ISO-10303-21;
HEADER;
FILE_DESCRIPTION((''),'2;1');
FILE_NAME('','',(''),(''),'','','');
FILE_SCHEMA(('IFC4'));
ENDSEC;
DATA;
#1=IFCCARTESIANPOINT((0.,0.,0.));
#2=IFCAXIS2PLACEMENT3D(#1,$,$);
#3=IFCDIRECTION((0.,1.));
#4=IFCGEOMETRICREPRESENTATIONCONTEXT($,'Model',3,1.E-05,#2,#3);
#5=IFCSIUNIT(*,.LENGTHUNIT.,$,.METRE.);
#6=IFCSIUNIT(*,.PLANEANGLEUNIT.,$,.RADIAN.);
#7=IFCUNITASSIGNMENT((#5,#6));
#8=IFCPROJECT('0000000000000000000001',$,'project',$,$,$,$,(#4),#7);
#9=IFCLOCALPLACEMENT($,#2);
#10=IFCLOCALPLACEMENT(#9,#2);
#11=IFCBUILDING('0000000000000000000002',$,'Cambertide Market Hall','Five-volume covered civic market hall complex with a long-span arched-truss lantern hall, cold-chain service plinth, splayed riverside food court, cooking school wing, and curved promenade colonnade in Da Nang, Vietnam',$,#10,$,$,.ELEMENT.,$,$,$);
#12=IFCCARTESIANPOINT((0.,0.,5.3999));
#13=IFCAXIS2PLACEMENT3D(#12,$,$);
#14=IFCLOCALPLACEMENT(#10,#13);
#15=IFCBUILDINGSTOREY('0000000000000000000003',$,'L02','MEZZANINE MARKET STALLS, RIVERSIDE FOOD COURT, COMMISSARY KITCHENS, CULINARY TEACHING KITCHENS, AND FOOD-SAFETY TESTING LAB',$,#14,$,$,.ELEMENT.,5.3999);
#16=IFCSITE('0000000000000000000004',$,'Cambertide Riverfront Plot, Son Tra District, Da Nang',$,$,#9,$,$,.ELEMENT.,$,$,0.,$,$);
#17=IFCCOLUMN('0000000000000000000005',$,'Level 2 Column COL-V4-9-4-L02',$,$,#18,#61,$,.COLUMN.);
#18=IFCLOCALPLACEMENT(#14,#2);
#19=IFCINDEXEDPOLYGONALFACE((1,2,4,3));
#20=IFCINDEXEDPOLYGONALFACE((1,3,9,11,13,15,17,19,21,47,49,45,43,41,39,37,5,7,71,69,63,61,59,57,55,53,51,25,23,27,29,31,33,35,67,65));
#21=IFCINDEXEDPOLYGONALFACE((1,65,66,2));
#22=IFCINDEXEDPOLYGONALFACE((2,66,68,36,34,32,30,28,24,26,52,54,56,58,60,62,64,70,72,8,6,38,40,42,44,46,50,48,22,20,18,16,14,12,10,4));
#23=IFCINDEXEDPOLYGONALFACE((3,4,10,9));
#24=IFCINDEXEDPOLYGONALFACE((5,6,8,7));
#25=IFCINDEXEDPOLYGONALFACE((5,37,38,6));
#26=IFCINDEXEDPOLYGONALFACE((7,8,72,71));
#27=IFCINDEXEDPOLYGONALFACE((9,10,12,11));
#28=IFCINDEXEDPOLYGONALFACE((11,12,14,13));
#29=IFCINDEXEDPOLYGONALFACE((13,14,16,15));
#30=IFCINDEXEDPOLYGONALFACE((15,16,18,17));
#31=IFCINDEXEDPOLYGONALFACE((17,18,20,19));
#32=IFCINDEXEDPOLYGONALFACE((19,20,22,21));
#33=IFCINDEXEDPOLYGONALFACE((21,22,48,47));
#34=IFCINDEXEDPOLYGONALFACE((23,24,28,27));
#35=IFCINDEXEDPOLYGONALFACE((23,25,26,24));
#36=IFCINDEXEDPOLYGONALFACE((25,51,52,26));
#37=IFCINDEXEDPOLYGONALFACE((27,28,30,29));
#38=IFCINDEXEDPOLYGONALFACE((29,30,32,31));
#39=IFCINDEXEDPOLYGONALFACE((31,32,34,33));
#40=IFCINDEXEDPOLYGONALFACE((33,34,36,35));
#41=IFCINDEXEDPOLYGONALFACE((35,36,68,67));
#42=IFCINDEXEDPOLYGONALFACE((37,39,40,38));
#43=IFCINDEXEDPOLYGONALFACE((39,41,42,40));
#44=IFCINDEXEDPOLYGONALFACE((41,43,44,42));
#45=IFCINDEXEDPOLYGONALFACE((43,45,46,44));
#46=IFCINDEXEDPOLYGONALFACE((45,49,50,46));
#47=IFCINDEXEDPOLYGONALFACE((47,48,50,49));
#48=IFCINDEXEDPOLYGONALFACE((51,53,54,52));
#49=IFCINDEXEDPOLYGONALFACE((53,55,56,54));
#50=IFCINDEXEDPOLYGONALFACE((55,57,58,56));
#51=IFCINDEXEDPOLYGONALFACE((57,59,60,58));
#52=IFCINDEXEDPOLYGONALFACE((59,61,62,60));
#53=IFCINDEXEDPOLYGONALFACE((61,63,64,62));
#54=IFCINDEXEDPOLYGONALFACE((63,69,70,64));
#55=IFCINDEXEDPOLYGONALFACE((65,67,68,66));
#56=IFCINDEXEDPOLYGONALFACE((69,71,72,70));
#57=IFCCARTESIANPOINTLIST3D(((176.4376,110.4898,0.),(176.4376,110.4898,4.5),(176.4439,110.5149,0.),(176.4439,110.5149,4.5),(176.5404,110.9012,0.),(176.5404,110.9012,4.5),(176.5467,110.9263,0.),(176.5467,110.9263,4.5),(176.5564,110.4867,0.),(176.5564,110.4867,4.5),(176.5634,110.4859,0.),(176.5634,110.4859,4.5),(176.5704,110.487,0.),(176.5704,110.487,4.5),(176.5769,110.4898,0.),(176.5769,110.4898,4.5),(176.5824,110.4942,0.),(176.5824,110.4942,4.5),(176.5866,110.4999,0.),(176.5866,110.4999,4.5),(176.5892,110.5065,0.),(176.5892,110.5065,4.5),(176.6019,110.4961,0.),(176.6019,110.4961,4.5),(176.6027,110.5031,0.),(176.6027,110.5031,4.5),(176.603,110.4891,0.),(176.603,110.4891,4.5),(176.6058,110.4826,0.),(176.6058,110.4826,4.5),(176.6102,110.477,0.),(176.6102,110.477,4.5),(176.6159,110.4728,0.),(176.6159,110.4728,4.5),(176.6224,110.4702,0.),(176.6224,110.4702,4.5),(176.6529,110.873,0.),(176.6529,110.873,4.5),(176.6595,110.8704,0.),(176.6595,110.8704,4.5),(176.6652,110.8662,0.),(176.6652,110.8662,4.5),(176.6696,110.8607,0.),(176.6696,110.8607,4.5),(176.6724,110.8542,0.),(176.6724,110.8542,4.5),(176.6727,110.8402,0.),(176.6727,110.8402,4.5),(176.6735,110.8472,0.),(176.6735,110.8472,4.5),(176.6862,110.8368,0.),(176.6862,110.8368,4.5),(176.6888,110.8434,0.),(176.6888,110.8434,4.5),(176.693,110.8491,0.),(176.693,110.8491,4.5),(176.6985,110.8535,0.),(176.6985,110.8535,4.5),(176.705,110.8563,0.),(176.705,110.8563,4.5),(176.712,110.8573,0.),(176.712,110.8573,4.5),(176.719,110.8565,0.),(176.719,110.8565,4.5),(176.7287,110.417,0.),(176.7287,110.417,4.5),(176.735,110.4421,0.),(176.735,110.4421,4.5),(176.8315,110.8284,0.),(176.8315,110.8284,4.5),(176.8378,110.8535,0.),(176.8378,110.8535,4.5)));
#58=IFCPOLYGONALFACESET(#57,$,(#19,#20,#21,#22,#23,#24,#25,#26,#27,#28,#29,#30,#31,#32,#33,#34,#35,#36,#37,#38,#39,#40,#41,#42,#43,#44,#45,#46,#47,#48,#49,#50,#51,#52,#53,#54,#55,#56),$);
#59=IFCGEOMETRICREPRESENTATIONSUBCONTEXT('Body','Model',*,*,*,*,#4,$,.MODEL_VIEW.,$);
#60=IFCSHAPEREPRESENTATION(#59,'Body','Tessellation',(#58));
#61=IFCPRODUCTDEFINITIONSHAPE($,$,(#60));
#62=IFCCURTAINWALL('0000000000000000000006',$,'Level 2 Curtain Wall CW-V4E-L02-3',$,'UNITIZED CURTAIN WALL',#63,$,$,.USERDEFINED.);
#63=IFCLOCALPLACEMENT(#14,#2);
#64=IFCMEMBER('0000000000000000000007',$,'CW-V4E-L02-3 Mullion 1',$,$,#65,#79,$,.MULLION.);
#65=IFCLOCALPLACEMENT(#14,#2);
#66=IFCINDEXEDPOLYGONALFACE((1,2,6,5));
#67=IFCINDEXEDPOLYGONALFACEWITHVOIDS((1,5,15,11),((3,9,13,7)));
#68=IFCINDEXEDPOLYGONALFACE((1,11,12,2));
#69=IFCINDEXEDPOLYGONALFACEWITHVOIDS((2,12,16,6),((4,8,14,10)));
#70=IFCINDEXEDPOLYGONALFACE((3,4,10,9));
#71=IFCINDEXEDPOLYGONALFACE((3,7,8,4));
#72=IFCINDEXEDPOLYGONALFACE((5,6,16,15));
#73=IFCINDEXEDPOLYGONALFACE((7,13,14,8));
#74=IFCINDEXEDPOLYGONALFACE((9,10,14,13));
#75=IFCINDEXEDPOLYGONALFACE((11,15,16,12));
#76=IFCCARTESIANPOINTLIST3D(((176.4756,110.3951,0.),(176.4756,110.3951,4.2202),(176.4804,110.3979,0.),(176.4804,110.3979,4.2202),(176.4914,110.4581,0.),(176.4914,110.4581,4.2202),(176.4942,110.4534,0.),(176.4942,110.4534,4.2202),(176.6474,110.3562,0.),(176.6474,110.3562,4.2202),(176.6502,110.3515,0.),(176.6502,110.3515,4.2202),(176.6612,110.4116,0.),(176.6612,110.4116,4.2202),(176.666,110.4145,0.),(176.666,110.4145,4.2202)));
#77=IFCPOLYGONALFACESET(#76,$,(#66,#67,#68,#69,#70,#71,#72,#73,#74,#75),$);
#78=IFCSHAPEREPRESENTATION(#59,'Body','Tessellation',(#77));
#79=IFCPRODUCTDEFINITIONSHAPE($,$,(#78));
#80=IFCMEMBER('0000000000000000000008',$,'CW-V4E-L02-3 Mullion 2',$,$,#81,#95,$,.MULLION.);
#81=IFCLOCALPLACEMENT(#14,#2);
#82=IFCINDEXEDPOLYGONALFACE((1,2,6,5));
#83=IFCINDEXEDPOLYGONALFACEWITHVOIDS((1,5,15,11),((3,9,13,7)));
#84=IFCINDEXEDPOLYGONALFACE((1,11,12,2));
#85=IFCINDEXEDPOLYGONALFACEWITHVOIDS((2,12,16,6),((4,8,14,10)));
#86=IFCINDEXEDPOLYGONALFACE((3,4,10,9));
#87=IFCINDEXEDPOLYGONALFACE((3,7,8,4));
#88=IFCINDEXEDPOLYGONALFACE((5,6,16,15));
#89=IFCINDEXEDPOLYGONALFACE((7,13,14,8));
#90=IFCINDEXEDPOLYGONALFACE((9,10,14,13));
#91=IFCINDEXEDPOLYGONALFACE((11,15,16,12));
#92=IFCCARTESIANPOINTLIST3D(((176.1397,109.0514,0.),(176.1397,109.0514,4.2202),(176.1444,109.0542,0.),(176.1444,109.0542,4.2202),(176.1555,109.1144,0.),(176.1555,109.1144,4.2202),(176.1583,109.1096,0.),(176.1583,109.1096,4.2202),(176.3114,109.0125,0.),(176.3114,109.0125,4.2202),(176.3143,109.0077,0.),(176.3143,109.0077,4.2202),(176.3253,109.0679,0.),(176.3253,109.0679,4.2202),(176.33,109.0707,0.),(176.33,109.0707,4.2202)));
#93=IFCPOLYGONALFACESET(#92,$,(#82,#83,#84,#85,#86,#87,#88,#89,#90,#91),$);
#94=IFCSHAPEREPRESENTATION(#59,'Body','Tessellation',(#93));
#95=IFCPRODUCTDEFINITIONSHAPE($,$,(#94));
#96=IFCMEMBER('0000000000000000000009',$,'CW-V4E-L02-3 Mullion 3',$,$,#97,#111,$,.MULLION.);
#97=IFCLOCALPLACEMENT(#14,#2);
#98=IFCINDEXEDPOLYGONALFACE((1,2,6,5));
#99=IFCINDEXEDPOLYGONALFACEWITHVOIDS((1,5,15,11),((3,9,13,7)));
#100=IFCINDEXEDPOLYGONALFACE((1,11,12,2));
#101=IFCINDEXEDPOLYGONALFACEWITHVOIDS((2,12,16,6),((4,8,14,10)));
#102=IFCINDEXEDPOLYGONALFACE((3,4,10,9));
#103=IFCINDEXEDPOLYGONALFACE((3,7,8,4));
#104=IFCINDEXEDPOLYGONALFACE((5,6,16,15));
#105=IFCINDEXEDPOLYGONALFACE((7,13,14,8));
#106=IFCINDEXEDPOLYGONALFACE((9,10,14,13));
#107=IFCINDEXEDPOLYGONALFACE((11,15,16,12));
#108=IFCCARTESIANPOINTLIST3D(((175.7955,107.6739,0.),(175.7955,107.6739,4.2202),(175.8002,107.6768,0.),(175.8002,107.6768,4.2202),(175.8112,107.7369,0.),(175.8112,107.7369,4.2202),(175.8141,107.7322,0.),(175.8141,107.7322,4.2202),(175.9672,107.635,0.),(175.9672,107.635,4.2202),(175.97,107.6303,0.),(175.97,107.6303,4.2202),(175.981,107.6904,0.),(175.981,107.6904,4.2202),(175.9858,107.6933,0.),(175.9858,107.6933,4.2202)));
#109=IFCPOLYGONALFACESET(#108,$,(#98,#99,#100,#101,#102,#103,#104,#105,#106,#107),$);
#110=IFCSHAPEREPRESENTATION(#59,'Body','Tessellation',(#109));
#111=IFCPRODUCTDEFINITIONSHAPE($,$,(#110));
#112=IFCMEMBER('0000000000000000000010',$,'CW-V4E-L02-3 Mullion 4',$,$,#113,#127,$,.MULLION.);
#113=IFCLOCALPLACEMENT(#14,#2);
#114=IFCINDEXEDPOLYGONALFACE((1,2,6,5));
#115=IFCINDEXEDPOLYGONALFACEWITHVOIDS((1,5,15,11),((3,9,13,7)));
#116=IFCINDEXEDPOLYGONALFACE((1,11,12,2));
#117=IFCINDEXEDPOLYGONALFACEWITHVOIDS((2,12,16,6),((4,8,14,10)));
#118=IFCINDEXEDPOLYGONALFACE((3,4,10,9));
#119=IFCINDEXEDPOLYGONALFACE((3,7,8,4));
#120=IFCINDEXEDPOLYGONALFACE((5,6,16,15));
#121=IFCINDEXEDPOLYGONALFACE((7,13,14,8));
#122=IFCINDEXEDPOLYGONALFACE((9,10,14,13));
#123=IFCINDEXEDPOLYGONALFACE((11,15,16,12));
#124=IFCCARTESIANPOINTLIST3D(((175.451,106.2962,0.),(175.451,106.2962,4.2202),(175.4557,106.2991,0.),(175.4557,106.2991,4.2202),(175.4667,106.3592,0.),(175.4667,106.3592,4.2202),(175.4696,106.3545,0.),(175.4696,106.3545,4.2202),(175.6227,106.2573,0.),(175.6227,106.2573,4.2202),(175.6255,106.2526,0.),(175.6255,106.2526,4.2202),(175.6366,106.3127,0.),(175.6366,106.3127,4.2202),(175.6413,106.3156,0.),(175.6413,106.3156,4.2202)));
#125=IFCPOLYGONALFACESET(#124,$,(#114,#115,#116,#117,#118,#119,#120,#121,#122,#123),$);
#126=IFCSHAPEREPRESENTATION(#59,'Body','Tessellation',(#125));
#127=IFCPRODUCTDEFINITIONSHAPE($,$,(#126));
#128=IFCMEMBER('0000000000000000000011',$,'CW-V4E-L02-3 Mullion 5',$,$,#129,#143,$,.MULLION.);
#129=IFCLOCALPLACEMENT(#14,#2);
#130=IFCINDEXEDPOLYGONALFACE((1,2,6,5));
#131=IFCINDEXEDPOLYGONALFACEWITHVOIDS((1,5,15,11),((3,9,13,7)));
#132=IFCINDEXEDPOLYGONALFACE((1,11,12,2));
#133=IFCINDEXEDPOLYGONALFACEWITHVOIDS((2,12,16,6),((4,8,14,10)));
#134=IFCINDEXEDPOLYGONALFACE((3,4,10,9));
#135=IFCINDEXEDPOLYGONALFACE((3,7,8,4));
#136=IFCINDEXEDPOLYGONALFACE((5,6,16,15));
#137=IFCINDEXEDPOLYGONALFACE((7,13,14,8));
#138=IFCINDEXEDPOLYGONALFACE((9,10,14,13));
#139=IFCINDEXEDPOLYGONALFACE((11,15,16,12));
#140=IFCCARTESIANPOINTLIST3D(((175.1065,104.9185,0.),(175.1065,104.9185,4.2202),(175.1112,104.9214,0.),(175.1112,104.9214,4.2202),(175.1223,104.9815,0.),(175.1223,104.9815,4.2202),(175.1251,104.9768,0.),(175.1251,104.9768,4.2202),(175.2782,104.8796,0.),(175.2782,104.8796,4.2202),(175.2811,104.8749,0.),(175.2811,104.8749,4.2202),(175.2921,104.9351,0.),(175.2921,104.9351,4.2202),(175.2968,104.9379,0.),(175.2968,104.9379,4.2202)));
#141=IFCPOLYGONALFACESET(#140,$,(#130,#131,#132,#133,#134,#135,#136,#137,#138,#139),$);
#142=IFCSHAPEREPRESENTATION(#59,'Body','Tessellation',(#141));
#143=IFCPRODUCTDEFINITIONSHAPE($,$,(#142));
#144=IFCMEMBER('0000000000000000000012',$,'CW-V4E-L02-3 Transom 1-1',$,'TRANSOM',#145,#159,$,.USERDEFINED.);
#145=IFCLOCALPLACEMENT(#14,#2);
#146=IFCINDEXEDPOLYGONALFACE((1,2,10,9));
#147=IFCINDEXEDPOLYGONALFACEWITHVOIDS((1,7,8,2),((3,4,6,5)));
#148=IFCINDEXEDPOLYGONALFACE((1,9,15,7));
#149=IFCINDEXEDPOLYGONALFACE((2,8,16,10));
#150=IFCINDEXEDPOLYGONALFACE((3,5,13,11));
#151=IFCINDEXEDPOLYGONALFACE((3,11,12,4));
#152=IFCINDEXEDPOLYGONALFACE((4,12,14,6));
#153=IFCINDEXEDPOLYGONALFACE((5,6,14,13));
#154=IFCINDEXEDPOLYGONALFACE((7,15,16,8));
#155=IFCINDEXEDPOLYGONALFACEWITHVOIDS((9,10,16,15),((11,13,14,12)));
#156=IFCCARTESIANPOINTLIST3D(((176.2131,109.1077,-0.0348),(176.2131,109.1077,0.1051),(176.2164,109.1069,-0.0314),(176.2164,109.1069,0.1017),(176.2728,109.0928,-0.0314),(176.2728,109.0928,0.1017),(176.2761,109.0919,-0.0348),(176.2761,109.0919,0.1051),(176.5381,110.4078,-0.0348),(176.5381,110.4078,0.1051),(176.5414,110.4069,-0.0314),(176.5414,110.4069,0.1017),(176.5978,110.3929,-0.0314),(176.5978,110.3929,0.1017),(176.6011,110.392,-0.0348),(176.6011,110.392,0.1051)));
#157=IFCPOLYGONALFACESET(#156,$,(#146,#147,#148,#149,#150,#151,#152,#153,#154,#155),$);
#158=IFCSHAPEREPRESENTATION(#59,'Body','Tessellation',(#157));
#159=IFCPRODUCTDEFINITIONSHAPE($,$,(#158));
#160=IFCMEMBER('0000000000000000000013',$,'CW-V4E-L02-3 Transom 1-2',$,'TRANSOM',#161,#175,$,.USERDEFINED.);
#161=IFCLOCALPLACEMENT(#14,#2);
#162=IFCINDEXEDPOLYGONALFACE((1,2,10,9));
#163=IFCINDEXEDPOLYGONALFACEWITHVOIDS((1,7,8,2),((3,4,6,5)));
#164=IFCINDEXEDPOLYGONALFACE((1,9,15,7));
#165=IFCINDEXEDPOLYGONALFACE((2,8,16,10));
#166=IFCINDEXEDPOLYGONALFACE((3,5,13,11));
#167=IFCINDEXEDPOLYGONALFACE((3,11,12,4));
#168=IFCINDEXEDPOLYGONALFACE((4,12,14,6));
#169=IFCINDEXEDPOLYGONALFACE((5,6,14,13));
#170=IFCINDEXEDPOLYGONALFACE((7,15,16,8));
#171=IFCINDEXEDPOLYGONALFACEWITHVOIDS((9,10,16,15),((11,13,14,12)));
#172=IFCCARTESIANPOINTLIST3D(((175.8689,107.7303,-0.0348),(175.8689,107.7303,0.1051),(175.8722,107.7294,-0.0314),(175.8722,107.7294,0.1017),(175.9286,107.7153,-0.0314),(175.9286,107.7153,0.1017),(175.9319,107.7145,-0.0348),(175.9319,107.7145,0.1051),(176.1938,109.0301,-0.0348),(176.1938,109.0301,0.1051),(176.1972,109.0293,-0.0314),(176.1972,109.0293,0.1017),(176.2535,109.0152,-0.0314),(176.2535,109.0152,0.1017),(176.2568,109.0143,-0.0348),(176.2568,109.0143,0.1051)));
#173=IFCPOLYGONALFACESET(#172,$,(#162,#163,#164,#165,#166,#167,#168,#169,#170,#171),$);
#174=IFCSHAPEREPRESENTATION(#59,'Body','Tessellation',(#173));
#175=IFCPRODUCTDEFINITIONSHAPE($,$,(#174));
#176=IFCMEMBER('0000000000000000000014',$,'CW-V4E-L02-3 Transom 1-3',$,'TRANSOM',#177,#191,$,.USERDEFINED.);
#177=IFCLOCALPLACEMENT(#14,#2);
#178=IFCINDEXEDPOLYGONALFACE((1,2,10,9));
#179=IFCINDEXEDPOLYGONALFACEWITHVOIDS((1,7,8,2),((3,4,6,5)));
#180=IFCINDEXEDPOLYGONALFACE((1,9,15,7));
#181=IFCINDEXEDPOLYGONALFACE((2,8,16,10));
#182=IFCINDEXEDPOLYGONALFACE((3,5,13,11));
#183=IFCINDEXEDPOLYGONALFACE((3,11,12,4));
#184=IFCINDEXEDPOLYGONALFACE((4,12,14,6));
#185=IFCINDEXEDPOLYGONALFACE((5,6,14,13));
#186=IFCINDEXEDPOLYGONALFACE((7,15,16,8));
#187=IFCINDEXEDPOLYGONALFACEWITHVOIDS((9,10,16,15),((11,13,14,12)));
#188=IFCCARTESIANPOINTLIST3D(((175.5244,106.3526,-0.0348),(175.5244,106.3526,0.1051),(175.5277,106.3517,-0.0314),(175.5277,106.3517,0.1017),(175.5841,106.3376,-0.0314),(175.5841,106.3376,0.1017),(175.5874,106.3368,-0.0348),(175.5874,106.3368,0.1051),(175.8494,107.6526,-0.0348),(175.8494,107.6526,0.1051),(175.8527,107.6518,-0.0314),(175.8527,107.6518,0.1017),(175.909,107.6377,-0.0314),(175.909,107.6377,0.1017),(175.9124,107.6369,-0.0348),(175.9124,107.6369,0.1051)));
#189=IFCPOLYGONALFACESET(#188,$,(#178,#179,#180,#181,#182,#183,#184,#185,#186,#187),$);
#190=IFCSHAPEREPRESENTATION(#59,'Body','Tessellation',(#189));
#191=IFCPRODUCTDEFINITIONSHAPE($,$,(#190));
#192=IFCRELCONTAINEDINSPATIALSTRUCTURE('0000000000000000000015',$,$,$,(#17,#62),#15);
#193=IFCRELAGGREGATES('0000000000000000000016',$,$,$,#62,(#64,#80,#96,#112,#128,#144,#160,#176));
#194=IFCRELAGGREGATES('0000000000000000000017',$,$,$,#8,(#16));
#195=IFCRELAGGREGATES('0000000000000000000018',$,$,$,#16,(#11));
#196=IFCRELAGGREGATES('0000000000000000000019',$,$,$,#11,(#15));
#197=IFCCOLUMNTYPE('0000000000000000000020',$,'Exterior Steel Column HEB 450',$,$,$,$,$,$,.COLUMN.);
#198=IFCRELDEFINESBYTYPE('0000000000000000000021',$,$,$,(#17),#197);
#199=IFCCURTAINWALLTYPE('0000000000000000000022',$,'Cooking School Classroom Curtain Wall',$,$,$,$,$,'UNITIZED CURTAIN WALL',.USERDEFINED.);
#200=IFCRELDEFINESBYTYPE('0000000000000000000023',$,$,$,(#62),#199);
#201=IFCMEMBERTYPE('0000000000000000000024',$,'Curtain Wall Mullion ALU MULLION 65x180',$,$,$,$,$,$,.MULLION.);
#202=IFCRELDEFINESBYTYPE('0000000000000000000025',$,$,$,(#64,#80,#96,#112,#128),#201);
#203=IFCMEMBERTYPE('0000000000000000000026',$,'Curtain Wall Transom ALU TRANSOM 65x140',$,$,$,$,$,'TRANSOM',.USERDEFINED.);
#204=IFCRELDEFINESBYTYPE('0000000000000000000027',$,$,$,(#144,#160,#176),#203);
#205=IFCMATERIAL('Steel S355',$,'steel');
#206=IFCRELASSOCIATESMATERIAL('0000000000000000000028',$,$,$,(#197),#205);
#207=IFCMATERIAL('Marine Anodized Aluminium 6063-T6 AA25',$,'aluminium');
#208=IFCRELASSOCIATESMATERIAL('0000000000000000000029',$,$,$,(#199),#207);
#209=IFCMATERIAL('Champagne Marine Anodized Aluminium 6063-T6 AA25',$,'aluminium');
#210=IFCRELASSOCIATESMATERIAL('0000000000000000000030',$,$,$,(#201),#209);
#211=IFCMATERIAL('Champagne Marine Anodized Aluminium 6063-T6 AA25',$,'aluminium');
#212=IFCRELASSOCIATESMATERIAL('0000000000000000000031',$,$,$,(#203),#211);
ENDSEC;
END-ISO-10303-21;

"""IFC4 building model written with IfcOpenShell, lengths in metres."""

from ifc_helpers import new_model, si_unit, direction, frame, origin, origin_2d, place, context, subcontext, project, spatial, hollow_rectangle, i_section, extrude, material, material_profile, profile_set, type_object, element, aggregate, save


model = new_model("IFC4")

# Units and contexts
model_context = context("Model", 3, precision=1e-05, world=origin(), true_north=direction((0.0, 1.0)))
body_context = subcontext(model_context, "Body", "Model", "MODEL_VIEW")
ifc_project = project(units=[si_unit("LENGTHUNIT", "METRE"), si_unit("PLANEANGLEUNIT", "RADIAN")], contexts=[model_context])

# Site, building, storey
site_placement = place(None, origin())
site = spatial("IfcSite", under=ifc_project, at=site_placement, Name="Cambertide Riverfront Plot, Son Tra District, Da Nang", CompositionType="ELEMENT", RefElevation=0.0)
building_placement = place(site_placement, origin())
building = spatial("IfcBuilding", under=site, at=building_placement, Name="Cambertide Market Hall", Description="Five-volume covered civic market hall complex with a long-span arched-truss lantern hall, cold-chain service plinth, splayed riverside food court, cooking school wing, and curved promenade colonnade in Da Nang, Vietnam", CompositionType="ELEMENT")
storey_placement = place(building_placement, frame((0.0, 0.0, 5.3999)))
storey = spatial("IfcBuildingStorey", under=building, at=storey_placement, Name="L02", Description="MEZZANINE MARKET STALLS, RIVERSIDE FOOD COURT, COMMISSARY KITCHENS, CULINARY TEACHING KITCHENS, AND FOOD-SAFETY TESTING LAB", CompositionType="ELEMENT", Elevation=5.3999)

# Column
ifc_material_1 = material(Name="Steel S355", Category="steel")
ifc_material_profile_1 = material_profile(ifc_material_1, i_section(OverallWidth=0.3, OverallDepth=0.45, WebThickness=0.0139, FlangeThickness=0.0259, FilletRadius=0.0271, at=origin_2d()), Name="HEB 450")
ifc_profile_set_1 = profile_set([ifc_material_profile_1], Name="Steel S355")
column_type = type_object("IfcColumnType", Name="Exterior Steel Column HEB 450", PredefinedType="COLUMN", material=ifc_profile_set_1)
column_placement = place(storey_placement, frame((176.6377, 110.6716, 0.0), z_axis=(0.0, 0.0, 1.0), x_axis=(0.970143, -0.242536, 0.0)))
element("IfcColumn", 1, at=column_placement, inside=storey, type_object=column_type, Name="Level 2 Column COL-V4-9-4-L02", PredefinedType="COLUMN", context=body_context, shape_type="SweptSolid", body=[
    extrude(i_section(OverallWidth=0.3, OverallDepth=0.45, WebThickness=0.0139, FlangeThickness=0.0259, FilletRadius=0.0271, at=origin_2d()), origin(), (0.0, 0.0, 1.0), 4.5),
])

# Curtain wall, members
ifc_material_2 = material(Name="Marine Anodized Aluminium 6063-T6 AA25", Category="aluminium")
curtain_wall_type = type_object("IfcCurtainWallType", Name="Cooking School Classroom Curtain Wall", ElementType="UNITIZED CURTAIN WALL", PredefinedType="USERDEFINED", material=ifc_material_2)
curtain_wall_placement = place(storey_placement, origin())
curtain_wall = element("IfcCurtainWall", 2, at=curtain_wall_placement, inside=storey, type_object=curtain_wall_type, Name="Level 2 Curtain Wall CW-V4E-L02-3", ObjectType="UNITIZED CURTAIN WALL", PredefinedType="USERDEFINED")
ifc_material_3 = material(Name="Champagne Marine Anodized Aluminium 6063-T6 AA25", Category="aluminium")
ifc_material_profile_2 = material_profile(ifc_material_3, hollow_rectangle(XDim=0.0649, YDim=0.1799, WallThickness=0.0039, at=origin_2d()), Name="ALU MULLION 65x180")
ifc_profile_set_2 = profile_set([ifc_material_profile_2], Name="Champagne Marine Anodized Aluminium 6063-T6 AA25")
member_type_1 = type_object("IfcMemberType", Name="Curtain Wall Mullion ALU MULLION 65x180", PredefinedType="MULLION", material=ifc_profile_set_2)
member_1_placement = place(storey_placement, frame((176.5708, 110.4048, 0.0), z_axis=(0.0, 0.0, 1.0), x_axis=(-0.242536, -0.970143, 0.0)))
member_1 = element("IfcMember", 3, at=member_1_placement, type_object=member_type_1, Name="CW-V4E-L02-3 Mullion 1", PredefinedType="MULLION", context=body_context, shape_type="SweptSolid", body=[
    extrude(hollow_rectangle(XDim=0.0649, YDim=0.1799, WallThickness=0.0039, at=origin_2d()), origin(), (0.0, 0.0, 1.0), 4.2202),
])
member_2_placement = place(storey_placement, frame((176.2349, 109.061, 0.0), z_axis=(0.0, 0.0, 1.0), x_axis=(-0.242536, -0.970143, 0.0)))
member_2 = element("IfcMember", 4, at=member_2_placement, type_object=member_type_1, Name="CW-V4E-L02-3 Mullion 2", PredefinedType="MULLION", context=body_context, shape_type="SweptSolid", body=[
    extrude(hollow_rectangle(XDim=0.0649, YDim=0.1799, WallThickness=0.0039, at=origin_2d()), origin(), (0.0, 0.0, 1.0), 4.2202),
])
member_3_placement = place(storey_placement, frame((175.8906, 107.6836, 0.0), z_axis=(0.0, 0.0, 1.0), x_axis=(-0.242536, -0.970143, 0.0)))
member_3 = element("IfcMember", 5, at=member_3_placement, type_object=member_type_1, Name="CW-V4E-L02-3 Mullion 3", PredefinedType="MULLION", context=body_context, shape_type="SweptSolid", body=[
    extrude(hollow_rectangle(XDim=0.0649, YDim=0.1799, WallThickness=0.0039, at=origin_2d()), origin(), (0.0, 0.0, 1.0), 4.2202),
])
member_4_placement = place(storey_placement, frame((175.5461, 106.3059, 0.0), z_axis=(0.0, 0.0, 1.0), x_axis=(-0.242536, -0.970143, 0.0)))
member_4 = element("IfcMember", 6, at=member_4_placement, type_object=member_type_1, Name="CW-V4E-L02-3 Mullion 4", PredefinedType="MULLION", context=body_context, shape_type="SweptSolid", body=[
    extrude(hollow_rectangle(XDim=0.0649, YDim=0.1799, WallThickness=0.0039, at=origin_2d()), origin(), (0.0, 0.0, 1.0), 4.2202),
])
member_5_placement = place(storey_placement, frame((175.2017, 104.9282, 0.0), z_axis=(0.0, 0.0, 1.0), x_axis=(-0.242536, -0.970143, 0.0)))
member_5 = element("IfcMember", 7, at=member_5_placement, type_object=member_type_1, Name="CW-V4E-L02-3 Mullion 5", PredefinedType="MULLION", context=body_context, shape_type="SweptSolid", body=[
    extrude(hollow_rectangle(XDim=0.0649, YDim=0.1799, WallThickness=0.0039, at=origin_2d()), origin(), (0.0, 0.0, 1.0), 4.2202),
])
ifc_material_4 = material(Name="Champagne Marine Anodized Aluminium 6063-T6 AA25", Category="aluminium")
ifc_material_profile_3 = material_profile(ifc_material_4, hollow_rectangle(XDim=0.0649, YDim=0.1399, WallThickness=0.0034, at=origin_2d()), Name="ALU TRANSOM 65x140")
ifc_profile_set_3 = profile_set([ifc_material_profile_3], Name="Champagne Marine Anodized Aluminium 6063-T6 AA25")
member_type_2 = type_object("IfcMemberType", Name="Curtain Wall Transom ALU TRANSOM 65x140", ElementType="TRANSOM", PredefinedType="USERDEFINED", material=ifc_profile_set_3)
member_6_placement = place(storey_placement, frame((176.5696, 110.3999, 0.0352), z_axis=(-0.242493, -0.970153, 0.0), x_axis=(0.970153, -0.242493, 0.0)))
member_6 = element("IfcMember", 8, at=member_6_placement, type_object=member_type_2, Name="CW-V4E-L02-3 Transom 1-1", ObjectType="TRANSOM", PredefinedType="USERDEFINED", context=body_context, shape_type="SweptSolid", body=[
    extrude(hollow_rectangle(XDim=0.0649, YDim=0.1399, WallThickness=0.0034, at=origin_2d()), origin(), (0.0, 0.0, 1.0), 1.3401),
])
member_7_placement = place(storey_placement, frame((176.2253, 109.0222, 0.0352), z_axis=(-0.242536, -0.970143, 0.0), x_axis=(0.970143, -0.242536, 0.0)))
member_7 = element("IfcMember", 9, at=member_7_placement, type_object=member_type_2, Name="CW-V4E-L02-3 Transom 1-2", ObjectType="TRANSOM", PredefinedType="USERDEFINED", context=body_context, shape_type="SweptSolid", body=[
    extrude(hollow_rectangle(XDim=0.0649, YDim=0.1399, WallThickness=0.0034, at=origin_2d()), origin(), (0.0, 0.0, 1.0), 1.3398),
])
member_8_placement = place(storey_placement, frame((175.8809, 107.6448, 0.0352), z_axis=(-0.242493, -0.970153, 0.0), x_axis=(0.970153, -0.242493, 0.0)))
member_8 = element("IfcMember", 10, at=member_8_placement, type_object=member_type_2, Name="CW-V4E-L02-3 Transom 1-3", ObjectType="TRANSOM", PredefinedType="USERDEFINED", context=body_context, shape_type="SweptSolid", body=[
    extrude(hollow_rectangle(XDim=0.0649, YDim=0.1399, WallThickness=0.0034, at=origin_2d()), origin(), (0.0, 0.0, 1.0), 1.3401),
])
aggregate(curtain_wall, [member_1, member_2, member_3, member_4, member_5, member_6, member_7, member_8])

save(model, "model.ifc")
